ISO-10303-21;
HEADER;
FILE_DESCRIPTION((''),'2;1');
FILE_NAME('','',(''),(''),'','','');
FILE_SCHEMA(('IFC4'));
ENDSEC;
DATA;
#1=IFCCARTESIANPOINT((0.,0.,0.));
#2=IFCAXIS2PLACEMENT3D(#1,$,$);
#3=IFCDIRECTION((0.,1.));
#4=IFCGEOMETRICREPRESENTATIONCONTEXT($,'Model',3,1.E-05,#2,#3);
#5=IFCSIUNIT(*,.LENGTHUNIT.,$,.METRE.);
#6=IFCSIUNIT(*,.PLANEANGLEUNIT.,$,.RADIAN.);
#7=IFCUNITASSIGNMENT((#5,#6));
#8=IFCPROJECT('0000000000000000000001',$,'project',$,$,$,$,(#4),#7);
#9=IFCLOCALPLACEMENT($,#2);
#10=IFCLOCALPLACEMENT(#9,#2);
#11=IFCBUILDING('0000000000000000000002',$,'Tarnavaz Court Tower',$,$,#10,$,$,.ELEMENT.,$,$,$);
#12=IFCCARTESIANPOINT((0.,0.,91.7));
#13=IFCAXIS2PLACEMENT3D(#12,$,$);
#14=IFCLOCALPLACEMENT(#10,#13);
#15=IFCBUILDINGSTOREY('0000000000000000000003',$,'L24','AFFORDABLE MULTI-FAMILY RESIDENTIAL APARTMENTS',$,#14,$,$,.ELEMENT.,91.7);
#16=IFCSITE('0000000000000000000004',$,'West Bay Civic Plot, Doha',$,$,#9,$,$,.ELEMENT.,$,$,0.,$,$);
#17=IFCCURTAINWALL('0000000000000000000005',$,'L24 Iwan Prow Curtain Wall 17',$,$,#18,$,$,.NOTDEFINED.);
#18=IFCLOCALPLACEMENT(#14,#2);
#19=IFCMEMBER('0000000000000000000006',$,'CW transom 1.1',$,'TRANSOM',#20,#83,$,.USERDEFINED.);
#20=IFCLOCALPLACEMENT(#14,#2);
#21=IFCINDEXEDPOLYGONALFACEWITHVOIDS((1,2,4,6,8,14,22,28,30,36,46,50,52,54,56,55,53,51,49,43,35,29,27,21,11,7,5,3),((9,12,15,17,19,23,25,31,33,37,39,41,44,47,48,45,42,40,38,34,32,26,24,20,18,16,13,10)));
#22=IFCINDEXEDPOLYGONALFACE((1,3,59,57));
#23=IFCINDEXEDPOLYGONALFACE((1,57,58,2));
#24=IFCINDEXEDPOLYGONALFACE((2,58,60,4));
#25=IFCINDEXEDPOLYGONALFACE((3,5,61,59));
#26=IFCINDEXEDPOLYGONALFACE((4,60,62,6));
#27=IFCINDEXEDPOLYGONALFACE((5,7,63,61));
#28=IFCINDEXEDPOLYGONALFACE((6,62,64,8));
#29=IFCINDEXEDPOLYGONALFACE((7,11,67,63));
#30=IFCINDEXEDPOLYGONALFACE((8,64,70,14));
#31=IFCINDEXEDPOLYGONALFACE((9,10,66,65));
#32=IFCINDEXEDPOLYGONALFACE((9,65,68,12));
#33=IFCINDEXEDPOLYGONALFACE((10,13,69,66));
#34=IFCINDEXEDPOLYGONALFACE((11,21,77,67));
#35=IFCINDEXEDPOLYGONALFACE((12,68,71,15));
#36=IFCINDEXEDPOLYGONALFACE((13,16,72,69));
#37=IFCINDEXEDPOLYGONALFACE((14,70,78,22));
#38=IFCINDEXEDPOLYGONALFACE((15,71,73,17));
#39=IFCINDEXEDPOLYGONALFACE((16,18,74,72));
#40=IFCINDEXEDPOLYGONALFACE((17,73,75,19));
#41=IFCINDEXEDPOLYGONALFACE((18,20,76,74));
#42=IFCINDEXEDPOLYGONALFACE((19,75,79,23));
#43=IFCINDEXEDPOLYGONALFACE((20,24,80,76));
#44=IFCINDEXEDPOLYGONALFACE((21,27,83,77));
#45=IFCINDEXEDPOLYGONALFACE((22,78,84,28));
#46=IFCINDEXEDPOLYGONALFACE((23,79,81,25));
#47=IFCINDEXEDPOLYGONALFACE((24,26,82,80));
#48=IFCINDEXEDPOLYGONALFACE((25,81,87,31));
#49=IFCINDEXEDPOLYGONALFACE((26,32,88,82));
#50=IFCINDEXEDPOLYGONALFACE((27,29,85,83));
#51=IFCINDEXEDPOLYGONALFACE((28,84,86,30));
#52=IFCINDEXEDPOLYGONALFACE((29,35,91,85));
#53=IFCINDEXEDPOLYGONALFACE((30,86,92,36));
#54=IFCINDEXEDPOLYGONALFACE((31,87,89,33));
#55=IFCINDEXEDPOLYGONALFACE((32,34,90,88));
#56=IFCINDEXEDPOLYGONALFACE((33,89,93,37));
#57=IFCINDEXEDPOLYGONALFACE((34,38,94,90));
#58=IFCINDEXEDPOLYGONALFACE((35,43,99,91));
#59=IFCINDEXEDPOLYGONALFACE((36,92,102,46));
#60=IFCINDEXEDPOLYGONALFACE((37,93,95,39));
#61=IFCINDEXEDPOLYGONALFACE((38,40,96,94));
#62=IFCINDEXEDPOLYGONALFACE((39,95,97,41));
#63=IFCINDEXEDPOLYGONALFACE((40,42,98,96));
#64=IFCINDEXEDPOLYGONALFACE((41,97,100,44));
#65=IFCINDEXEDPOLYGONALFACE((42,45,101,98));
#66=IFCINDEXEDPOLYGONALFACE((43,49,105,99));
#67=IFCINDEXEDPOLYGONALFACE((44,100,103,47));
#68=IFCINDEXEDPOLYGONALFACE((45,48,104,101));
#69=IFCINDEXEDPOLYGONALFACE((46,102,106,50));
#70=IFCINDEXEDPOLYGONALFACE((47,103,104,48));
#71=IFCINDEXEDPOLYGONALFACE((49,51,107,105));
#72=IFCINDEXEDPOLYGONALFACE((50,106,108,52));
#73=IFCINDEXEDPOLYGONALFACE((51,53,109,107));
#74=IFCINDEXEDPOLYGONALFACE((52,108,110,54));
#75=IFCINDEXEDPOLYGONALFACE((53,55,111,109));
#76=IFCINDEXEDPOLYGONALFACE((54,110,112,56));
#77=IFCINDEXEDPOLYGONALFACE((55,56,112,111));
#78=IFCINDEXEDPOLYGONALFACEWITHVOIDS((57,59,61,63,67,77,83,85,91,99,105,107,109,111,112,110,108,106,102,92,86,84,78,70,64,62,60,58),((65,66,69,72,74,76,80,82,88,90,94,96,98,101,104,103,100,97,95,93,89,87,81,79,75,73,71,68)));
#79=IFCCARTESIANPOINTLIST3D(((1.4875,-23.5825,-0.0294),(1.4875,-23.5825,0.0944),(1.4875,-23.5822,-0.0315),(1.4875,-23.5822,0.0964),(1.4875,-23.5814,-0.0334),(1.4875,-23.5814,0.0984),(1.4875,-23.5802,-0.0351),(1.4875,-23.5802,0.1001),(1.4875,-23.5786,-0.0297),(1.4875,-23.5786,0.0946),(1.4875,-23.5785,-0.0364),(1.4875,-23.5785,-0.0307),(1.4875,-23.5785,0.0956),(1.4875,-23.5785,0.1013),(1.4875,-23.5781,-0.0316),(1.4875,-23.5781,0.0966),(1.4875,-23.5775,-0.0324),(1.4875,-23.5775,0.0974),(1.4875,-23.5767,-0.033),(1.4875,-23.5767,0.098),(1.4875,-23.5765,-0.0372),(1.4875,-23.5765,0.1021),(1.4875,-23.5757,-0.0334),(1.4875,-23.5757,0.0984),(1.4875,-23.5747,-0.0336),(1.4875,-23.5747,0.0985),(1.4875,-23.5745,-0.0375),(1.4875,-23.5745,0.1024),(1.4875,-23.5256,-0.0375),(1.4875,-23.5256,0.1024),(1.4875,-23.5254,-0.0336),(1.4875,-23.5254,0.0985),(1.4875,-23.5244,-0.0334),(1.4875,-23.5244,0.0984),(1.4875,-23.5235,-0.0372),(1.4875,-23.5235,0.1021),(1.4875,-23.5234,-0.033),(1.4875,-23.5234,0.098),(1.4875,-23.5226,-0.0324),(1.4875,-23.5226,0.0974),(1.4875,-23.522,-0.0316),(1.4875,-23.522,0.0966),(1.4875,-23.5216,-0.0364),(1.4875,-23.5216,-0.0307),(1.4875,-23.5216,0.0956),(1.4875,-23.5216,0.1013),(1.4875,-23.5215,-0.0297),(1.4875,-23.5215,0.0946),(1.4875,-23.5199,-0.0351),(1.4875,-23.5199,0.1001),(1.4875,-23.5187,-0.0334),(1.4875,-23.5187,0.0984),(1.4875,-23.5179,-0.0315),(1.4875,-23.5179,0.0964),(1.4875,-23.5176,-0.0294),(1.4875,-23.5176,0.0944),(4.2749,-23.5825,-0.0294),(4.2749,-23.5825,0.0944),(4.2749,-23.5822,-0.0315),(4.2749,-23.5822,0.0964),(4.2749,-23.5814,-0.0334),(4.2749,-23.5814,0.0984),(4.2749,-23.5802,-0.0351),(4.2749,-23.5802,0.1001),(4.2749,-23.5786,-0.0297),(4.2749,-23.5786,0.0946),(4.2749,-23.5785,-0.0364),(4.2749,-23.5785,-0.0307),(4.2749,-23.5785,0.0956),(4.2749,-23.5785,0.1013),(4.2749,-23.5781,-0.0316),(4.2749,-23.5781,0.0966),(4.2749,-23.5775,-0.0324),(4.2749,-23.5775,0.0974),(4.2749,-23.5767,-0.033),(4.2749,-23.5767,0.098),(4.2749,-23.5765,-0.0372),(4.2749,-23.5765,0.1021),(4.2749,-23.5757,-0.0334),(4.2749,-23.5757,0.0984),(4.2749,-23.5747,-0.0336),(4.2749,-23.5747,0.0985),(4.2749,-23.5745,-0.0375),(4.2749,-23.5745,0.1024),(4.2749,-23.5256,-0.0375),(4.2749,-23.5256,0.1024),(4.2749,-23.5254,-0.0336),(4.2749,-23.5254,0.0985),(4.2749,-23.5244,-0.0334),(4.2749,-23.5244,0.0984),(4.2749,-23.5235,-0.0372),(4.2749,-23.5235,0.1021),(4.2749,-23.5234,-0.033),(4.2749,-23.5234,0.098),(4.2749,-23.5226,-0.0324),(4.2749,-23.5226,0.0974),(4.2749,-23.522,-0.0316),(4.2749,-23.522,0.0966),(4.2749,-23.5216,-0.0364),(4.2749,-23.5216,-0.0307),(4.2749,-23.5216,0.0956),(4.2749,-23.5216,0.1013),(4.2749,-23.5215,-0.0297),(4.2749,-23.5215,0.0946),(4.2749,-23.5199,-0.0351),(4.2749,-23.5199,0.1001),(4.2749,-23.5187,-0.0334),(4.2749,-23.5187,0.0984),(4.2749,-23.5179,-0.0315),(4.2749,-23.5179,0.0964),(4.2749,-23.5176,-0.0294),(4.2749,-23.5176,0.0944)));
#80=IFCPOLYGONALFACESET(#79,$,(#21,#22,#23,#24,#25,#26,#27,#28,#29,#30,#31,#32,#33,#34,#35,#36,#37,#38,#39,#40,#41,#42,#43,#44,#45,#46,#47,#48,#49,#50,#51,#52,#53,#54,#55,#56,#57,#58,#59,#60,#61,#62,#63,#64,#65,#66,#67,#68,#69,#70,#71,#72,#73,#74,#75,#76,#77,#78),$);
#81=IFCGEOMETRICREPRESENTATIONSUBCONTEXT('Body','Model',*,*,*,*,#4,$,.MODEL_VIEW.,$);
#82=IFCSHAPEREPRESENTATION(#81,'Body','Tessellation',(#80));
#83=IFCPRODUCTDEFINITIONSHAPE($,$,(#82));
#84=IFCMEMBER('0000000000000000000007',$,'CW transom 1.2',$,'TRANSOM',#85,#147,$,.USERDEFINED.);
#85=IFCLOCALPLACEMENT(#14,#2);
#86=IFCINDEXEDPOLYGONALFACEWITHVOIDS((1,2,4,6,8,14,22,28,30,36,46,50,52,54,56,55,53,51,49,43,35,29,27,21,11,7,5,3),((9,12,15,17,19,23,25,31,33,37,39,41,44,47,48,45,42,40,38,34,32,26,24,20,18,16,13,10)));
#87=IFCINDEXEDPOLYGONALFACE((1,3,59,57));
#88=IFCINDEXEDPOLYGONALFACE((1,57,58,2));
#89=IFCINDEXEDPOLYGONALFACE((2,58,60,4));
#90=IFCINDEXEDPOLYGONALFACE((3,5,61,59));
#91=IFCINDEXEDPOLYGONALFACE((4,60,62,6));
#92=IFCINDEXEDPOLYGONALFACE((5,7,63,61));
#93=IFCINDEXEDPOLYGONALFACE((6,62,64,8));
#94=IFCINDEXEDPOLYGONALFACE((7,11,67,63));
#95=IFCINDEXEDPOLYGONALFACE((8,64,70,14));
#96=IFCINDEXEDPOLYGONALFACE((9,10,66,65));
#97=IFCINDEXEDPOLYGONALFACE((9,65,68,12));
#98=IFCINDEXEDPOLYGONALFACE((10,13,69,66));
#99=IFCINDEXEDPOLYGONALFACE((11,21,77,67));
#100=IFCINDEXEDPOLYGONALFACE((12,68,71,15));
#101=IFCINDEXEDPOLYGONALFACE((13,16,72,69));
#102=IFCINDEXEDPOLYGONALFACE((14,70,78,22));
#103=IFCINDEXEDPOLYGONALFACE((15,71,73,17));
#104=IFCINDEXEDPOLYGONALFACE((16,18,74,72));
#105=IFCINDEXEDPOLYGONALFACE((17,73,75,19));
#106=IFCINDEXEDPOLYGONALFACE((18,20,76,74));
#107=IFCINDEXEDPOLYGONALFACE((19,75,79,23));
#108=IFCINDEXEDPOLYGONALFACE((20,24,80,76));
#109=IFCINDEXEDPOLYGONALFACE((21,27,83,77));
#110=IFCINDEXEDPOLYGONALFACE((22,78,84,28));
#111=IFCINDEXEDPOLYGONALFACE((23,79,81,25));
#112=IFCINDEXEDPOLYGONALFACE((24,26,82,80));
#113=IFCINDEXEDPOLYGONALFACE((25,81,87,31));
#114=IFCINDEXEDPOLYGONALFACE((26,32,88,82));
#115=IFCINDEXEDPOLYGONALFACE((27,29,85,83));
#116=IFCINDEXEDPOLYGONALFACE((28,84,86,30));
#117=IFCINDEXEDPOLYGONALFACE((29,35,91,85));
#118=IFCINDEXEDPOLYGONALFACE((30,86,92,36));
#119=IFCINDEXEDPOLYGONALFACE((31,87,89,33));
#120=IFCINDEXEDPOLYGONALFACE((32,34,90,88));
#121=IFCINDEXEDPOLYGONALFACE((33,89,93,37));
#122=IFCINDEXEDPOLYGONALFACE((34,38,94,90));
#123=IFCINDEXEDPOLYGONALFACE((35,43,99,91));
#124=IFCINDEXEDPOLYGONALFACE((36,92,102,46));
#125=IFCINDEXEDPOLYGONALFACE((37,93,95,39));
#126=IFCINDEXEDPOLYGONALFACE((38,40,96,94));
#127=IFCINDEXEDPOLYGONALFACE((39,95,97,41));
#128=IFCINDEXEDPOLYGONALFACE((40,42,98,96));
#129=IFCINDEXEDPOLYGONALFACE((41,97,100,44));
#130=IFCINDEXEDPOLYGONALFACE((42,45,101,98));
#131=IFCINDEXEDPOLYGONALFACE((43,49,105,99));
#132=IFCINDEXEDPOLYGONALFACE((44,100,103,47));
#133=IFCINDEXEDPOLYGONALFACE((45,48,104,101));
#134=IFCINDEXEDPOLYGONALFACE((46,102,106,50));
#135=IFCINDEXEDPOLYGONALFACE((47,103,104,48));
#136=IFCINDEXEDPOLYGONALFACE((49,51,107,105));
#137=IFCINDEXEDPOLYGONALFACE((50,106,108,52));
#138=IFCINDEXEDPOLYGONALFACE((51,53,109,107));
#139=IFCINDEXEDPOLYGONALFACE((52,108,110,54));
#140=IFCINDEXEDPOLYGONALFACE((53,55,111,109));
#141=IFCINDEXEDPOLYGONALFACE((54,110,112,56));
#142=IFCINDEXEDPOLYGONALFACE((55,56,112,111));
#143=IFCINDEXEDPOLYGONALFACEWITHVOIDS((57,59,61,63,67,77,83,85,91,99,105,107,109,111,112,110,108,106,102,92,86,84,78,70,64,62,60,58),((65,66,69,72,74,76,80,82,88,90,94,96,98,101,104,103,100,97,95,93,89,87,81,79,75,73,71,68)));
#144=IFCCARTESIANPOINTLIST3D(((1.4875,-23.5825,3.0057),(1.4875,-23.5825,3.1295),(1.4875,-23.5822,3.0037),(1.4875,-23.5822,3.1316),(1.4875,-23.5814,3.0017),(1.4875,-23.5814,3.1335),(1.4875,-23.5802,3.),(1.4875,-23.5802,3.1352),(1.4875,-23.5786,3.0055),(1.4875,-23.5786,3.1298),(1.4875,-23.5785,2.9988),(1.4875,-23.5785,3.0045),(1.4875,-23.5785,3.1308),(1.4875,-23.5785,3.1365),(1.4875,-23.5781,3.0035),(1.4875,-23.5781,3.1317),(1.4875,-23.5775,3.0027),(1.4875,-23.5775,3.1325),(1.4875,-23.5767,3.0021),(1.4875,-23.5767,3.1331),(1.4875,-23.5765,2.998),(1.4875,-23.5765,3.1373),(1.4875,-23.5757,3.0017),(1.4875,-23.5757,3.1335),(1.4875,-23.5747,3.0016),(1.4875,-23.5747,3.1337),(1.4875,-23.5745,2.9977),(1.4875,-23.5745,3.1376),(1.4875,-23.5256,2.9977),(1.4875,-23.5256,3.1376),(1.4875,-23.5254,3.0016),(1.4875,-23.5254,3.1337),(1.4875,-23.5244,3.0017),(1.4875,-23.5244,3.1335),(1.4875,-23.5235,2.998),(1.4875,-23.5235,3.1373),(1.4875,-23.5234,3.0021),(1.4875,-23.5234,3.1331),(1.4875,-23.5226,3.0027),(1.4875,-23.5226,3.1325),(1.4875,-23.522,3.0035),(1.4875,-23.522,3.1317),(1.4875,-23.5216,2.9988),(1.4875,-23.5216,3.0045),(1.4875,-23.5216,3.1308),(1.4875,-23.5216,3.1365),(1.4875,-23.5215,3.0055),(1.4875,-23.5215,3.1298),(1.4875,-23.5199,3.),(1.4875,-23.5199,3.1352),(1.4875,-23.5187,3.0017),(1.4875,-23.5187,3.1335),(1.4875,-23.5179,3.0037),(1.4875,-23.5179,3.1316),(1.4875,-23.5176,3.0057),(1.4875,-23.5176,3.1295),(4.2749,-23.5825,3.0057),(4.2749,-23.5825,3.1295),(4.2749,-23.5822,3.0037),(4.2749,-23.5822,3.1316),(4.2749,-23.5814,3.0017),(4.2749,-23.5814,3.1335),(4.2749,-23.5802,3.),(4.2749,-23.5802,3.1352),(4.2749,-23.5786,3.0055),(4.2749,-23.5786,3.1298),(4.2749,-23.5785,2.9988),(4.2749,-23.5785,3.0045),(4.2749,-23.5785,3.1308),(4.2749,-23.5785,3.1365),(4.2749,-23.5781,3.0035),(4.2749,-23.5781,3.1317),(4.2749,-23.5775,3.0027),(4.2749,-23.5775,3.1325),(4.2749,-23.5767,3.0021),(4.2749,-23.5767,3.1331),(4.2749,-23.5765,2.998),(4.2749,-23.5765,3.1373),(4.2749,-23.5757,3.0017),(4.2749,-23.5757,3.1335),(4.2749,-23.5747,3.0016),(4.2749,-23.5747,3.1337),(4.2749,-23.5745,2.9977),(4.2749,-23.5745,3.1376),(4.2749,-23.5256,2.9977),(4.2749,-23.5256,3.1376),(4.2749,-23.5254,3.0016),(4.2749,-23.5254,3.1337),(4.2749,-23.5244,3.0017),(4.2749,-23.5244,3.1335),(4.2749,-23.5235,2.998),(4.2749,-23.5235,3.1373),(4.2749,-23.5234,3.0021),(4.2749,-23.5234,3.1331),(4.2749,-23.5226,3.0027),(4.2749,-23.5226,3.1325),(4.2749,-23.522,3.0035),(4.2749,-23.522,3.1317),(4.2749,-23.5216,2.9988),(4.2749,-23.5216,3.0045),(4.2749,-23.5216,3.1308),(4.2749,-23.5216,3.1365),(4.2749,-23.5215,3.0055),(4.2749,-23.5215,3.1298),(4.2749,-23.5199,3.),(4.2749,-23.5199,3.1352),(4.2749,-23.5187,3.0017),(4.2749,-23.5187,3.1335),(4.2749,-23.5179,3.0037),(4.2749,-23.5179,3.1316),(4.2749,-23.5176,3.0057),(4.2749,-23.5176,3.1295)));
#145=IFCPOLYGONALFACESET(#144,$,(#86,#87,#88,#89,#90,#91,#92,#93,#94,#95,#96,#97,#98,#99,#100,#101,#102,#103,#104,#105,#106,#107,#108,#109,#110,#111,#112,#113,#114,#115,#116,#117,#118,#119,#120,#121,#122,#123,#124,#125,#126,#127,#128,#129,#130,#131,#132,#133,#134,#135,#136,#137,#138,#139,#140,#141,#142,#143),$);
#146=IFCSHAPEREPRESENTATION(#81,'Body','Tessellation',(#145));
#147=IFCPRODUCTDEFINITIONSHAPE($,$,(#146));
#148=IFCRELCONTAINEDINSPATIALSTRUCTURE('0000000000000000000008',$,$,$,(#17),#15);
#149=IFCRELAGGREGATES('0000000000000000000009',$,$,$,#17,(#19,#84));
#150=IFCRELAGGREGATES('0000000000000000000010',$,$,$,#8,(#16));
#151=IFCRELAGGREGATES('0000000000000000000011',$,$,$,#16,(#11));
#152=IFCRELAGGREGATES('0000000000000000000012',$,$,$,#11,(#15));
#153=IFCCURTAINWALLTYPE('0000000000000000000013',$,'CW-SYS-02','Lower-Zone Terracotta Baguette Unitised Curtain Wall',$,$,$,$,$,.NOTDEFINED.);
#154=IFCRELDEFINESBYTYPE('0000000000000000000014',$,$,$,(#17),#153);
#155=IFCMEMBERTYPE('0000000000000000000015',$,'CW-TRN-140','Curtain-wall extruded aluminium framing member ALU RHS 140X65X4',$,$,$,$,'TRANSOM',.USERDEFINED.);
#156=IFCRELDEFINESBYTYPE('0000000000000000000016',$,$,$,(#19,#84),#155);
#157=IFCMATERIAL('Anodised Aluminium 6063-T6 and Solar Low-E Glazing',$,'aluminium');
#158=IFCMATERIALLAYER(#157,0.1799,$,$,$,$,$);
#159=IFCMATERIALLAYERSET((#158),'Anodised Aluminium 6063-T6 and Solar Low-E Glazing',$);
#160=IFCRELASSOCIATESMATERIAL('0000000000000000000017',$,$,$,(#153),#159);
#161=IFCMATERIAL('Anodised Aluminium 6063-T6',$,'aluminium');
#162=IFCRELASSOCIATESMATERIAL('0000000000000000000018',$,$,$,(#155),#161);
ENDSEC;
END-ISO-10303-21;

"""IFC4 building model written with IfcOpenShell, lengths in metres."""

from ifc_helpers import new_model, si_unit, direction, frame, origin, origin_2d, place, context, subcontext, project, spatial, hollow_rectangle, extrude, material, layer, layer_set, material_profile, profile_set, type_object, element, aggregate, save


model = new_model("IFC4")

# Units and contexts
model_context = context("Model", 3, precision=1e-05, world=origin(), true_north=direction((0.0, 1.0)))
body_context = subcontext(model_context, "Body", "Model", "MODEL_VIEW")
ifc_project = project(units=[si_unit("LENGTHUNIT", "METRE"), si_unit("PLANEANGLEUNIT", "RADIAN")], contexts=[model_context])

# Site, building, storey
site_placement = place(None, origin())
site = spatial("IfcSite", under=ifc_project, at=site_placement, Name="West Bay Civic Plot, Doha", CompositionType="ELEMENT", RefElevation=0.0)
building_placement = place(site_placement, origin())
building = spatial("IfcBuilding", under=site, at=building_placement, Name="Tarnavaz Court Tower", CompositionType="ELEMENT")
storey_placement = place(building_placement, frame((0.0, 0.0, 91.7)))
storey = spatial("IfcBuildingStorey", under=building, at=storey_placement, Name="L24", Description="AFFORDABLE MULTI-FAMILY RESIDENTIAL APARTMENTS", CompositionType="ELEMENT", Elevation=91.7)

# Curtain wall, members
ifc_material_1 = material(Name="Anodised Aluminium 6063-T6 and Solar Low-E Glazing", Category="aluminium")
ifc_layer_1 = layer(ifc_material_1, 0.1799)
ifc_layer_set_1 = layer_set([ifc_layer_1], Name="Anodised Aluminium 6063-T6 and Solar Low-E Glazing")
curtain_wall_type = type_object("IfcCurtainWallType", Name="CW-SYS-02", Description="Lower-Zone Terracotta Baguette Unitised Curtain Wall", PredefinedType="NOTDEFINED", material=ifc_layer_set_1)
curtain_wall_placement = place(storey_placement, origin())
curtain_wall = element("IfcCurtainWall", 1, at=curtain_wall_placement, inside=storey, type_object=curtain_wall_type, Name="L24 Iwan Prow Curtain Wall 17", PredefinedType="NOTDEFINED")
ifc_material_2 = material(Name="Anodised Aluminium 6063-T6", Category="aluminium")
ifc_material_profile_1 = material_profile(ifc_material_2, hollow_rectangle(XDim=0.0649, YDim=0.1399, WallThickness=0.0039, InnerFilletRadius=0.0039, OuterFilletRadius=0.0081, at=origin_2d()), Name="ALU RHS 140X65X4")
ifc_profile_set_1 = profile_set([ifc_material_profile_1], Name="Anodised Aluminium 6063-T6")
member_type_1 = type_object("IfcMemberType", Name="CW-TRN-140", Description="Curtain-wall extruded aluminium framing member ALU RHS 140X65X4", ElementType="TRANSOM", PredefinedType="USERDEFINED", material=ifc_profile_set_1)
member_1_placement = place(storey_placement, frame((4.2749, -23.55, 0.0325), z_axis=(-1.0, 0.0, 0.0), x_axis=(0.0, -1.0, 0.0)))
member_1 = element("IfcMember", 2, at=member_1_placement, type_object=member_type_1, Name="CW transom 1.1", ObjectType="TRANSOM", PredefinedType="USERDEFINED", context=body_context, shape_type="SweptSolid", body=[
    extrude(hollow_rectangle(XDim=0.0649, YDim=0.1399, WallThickness=0.0039, InnerFilletRadius=0.0039, OuterFilletRadius=0.0081, at=origin_2d()), origin(), (0.0, 0.0, 1.0), 2.7874),
])
member_2_placement = place(storey_placement, frame((4.2749, -23.55, 3.0676), z_axis=(-1.0, 0.0, 0.0), x_axis=(0.0, -1.0, 0.0)))
member_2 = element("IfcMember", 3, at=member_2_placement, type_object=member_type_1, Name="CW transom 1.2", ObjectType="TRANSOM", PredefinedType="USERDEFINED", context=body_context, shape_type="SweptSolid", body=[
    extrude(hollow_rectangle(XDim=0.0649, YDim=0.1399, WallThickness=0.0039, InnerFilletRadius=0.0039, OuterFilletRadius=0.0081, at=origin_2d()), origin(), (0.0, 0.0, 1.0), 2.7874),
])
aggregate(curtain_wall, [member_1, member_2])

save(model, "model.ifc")
